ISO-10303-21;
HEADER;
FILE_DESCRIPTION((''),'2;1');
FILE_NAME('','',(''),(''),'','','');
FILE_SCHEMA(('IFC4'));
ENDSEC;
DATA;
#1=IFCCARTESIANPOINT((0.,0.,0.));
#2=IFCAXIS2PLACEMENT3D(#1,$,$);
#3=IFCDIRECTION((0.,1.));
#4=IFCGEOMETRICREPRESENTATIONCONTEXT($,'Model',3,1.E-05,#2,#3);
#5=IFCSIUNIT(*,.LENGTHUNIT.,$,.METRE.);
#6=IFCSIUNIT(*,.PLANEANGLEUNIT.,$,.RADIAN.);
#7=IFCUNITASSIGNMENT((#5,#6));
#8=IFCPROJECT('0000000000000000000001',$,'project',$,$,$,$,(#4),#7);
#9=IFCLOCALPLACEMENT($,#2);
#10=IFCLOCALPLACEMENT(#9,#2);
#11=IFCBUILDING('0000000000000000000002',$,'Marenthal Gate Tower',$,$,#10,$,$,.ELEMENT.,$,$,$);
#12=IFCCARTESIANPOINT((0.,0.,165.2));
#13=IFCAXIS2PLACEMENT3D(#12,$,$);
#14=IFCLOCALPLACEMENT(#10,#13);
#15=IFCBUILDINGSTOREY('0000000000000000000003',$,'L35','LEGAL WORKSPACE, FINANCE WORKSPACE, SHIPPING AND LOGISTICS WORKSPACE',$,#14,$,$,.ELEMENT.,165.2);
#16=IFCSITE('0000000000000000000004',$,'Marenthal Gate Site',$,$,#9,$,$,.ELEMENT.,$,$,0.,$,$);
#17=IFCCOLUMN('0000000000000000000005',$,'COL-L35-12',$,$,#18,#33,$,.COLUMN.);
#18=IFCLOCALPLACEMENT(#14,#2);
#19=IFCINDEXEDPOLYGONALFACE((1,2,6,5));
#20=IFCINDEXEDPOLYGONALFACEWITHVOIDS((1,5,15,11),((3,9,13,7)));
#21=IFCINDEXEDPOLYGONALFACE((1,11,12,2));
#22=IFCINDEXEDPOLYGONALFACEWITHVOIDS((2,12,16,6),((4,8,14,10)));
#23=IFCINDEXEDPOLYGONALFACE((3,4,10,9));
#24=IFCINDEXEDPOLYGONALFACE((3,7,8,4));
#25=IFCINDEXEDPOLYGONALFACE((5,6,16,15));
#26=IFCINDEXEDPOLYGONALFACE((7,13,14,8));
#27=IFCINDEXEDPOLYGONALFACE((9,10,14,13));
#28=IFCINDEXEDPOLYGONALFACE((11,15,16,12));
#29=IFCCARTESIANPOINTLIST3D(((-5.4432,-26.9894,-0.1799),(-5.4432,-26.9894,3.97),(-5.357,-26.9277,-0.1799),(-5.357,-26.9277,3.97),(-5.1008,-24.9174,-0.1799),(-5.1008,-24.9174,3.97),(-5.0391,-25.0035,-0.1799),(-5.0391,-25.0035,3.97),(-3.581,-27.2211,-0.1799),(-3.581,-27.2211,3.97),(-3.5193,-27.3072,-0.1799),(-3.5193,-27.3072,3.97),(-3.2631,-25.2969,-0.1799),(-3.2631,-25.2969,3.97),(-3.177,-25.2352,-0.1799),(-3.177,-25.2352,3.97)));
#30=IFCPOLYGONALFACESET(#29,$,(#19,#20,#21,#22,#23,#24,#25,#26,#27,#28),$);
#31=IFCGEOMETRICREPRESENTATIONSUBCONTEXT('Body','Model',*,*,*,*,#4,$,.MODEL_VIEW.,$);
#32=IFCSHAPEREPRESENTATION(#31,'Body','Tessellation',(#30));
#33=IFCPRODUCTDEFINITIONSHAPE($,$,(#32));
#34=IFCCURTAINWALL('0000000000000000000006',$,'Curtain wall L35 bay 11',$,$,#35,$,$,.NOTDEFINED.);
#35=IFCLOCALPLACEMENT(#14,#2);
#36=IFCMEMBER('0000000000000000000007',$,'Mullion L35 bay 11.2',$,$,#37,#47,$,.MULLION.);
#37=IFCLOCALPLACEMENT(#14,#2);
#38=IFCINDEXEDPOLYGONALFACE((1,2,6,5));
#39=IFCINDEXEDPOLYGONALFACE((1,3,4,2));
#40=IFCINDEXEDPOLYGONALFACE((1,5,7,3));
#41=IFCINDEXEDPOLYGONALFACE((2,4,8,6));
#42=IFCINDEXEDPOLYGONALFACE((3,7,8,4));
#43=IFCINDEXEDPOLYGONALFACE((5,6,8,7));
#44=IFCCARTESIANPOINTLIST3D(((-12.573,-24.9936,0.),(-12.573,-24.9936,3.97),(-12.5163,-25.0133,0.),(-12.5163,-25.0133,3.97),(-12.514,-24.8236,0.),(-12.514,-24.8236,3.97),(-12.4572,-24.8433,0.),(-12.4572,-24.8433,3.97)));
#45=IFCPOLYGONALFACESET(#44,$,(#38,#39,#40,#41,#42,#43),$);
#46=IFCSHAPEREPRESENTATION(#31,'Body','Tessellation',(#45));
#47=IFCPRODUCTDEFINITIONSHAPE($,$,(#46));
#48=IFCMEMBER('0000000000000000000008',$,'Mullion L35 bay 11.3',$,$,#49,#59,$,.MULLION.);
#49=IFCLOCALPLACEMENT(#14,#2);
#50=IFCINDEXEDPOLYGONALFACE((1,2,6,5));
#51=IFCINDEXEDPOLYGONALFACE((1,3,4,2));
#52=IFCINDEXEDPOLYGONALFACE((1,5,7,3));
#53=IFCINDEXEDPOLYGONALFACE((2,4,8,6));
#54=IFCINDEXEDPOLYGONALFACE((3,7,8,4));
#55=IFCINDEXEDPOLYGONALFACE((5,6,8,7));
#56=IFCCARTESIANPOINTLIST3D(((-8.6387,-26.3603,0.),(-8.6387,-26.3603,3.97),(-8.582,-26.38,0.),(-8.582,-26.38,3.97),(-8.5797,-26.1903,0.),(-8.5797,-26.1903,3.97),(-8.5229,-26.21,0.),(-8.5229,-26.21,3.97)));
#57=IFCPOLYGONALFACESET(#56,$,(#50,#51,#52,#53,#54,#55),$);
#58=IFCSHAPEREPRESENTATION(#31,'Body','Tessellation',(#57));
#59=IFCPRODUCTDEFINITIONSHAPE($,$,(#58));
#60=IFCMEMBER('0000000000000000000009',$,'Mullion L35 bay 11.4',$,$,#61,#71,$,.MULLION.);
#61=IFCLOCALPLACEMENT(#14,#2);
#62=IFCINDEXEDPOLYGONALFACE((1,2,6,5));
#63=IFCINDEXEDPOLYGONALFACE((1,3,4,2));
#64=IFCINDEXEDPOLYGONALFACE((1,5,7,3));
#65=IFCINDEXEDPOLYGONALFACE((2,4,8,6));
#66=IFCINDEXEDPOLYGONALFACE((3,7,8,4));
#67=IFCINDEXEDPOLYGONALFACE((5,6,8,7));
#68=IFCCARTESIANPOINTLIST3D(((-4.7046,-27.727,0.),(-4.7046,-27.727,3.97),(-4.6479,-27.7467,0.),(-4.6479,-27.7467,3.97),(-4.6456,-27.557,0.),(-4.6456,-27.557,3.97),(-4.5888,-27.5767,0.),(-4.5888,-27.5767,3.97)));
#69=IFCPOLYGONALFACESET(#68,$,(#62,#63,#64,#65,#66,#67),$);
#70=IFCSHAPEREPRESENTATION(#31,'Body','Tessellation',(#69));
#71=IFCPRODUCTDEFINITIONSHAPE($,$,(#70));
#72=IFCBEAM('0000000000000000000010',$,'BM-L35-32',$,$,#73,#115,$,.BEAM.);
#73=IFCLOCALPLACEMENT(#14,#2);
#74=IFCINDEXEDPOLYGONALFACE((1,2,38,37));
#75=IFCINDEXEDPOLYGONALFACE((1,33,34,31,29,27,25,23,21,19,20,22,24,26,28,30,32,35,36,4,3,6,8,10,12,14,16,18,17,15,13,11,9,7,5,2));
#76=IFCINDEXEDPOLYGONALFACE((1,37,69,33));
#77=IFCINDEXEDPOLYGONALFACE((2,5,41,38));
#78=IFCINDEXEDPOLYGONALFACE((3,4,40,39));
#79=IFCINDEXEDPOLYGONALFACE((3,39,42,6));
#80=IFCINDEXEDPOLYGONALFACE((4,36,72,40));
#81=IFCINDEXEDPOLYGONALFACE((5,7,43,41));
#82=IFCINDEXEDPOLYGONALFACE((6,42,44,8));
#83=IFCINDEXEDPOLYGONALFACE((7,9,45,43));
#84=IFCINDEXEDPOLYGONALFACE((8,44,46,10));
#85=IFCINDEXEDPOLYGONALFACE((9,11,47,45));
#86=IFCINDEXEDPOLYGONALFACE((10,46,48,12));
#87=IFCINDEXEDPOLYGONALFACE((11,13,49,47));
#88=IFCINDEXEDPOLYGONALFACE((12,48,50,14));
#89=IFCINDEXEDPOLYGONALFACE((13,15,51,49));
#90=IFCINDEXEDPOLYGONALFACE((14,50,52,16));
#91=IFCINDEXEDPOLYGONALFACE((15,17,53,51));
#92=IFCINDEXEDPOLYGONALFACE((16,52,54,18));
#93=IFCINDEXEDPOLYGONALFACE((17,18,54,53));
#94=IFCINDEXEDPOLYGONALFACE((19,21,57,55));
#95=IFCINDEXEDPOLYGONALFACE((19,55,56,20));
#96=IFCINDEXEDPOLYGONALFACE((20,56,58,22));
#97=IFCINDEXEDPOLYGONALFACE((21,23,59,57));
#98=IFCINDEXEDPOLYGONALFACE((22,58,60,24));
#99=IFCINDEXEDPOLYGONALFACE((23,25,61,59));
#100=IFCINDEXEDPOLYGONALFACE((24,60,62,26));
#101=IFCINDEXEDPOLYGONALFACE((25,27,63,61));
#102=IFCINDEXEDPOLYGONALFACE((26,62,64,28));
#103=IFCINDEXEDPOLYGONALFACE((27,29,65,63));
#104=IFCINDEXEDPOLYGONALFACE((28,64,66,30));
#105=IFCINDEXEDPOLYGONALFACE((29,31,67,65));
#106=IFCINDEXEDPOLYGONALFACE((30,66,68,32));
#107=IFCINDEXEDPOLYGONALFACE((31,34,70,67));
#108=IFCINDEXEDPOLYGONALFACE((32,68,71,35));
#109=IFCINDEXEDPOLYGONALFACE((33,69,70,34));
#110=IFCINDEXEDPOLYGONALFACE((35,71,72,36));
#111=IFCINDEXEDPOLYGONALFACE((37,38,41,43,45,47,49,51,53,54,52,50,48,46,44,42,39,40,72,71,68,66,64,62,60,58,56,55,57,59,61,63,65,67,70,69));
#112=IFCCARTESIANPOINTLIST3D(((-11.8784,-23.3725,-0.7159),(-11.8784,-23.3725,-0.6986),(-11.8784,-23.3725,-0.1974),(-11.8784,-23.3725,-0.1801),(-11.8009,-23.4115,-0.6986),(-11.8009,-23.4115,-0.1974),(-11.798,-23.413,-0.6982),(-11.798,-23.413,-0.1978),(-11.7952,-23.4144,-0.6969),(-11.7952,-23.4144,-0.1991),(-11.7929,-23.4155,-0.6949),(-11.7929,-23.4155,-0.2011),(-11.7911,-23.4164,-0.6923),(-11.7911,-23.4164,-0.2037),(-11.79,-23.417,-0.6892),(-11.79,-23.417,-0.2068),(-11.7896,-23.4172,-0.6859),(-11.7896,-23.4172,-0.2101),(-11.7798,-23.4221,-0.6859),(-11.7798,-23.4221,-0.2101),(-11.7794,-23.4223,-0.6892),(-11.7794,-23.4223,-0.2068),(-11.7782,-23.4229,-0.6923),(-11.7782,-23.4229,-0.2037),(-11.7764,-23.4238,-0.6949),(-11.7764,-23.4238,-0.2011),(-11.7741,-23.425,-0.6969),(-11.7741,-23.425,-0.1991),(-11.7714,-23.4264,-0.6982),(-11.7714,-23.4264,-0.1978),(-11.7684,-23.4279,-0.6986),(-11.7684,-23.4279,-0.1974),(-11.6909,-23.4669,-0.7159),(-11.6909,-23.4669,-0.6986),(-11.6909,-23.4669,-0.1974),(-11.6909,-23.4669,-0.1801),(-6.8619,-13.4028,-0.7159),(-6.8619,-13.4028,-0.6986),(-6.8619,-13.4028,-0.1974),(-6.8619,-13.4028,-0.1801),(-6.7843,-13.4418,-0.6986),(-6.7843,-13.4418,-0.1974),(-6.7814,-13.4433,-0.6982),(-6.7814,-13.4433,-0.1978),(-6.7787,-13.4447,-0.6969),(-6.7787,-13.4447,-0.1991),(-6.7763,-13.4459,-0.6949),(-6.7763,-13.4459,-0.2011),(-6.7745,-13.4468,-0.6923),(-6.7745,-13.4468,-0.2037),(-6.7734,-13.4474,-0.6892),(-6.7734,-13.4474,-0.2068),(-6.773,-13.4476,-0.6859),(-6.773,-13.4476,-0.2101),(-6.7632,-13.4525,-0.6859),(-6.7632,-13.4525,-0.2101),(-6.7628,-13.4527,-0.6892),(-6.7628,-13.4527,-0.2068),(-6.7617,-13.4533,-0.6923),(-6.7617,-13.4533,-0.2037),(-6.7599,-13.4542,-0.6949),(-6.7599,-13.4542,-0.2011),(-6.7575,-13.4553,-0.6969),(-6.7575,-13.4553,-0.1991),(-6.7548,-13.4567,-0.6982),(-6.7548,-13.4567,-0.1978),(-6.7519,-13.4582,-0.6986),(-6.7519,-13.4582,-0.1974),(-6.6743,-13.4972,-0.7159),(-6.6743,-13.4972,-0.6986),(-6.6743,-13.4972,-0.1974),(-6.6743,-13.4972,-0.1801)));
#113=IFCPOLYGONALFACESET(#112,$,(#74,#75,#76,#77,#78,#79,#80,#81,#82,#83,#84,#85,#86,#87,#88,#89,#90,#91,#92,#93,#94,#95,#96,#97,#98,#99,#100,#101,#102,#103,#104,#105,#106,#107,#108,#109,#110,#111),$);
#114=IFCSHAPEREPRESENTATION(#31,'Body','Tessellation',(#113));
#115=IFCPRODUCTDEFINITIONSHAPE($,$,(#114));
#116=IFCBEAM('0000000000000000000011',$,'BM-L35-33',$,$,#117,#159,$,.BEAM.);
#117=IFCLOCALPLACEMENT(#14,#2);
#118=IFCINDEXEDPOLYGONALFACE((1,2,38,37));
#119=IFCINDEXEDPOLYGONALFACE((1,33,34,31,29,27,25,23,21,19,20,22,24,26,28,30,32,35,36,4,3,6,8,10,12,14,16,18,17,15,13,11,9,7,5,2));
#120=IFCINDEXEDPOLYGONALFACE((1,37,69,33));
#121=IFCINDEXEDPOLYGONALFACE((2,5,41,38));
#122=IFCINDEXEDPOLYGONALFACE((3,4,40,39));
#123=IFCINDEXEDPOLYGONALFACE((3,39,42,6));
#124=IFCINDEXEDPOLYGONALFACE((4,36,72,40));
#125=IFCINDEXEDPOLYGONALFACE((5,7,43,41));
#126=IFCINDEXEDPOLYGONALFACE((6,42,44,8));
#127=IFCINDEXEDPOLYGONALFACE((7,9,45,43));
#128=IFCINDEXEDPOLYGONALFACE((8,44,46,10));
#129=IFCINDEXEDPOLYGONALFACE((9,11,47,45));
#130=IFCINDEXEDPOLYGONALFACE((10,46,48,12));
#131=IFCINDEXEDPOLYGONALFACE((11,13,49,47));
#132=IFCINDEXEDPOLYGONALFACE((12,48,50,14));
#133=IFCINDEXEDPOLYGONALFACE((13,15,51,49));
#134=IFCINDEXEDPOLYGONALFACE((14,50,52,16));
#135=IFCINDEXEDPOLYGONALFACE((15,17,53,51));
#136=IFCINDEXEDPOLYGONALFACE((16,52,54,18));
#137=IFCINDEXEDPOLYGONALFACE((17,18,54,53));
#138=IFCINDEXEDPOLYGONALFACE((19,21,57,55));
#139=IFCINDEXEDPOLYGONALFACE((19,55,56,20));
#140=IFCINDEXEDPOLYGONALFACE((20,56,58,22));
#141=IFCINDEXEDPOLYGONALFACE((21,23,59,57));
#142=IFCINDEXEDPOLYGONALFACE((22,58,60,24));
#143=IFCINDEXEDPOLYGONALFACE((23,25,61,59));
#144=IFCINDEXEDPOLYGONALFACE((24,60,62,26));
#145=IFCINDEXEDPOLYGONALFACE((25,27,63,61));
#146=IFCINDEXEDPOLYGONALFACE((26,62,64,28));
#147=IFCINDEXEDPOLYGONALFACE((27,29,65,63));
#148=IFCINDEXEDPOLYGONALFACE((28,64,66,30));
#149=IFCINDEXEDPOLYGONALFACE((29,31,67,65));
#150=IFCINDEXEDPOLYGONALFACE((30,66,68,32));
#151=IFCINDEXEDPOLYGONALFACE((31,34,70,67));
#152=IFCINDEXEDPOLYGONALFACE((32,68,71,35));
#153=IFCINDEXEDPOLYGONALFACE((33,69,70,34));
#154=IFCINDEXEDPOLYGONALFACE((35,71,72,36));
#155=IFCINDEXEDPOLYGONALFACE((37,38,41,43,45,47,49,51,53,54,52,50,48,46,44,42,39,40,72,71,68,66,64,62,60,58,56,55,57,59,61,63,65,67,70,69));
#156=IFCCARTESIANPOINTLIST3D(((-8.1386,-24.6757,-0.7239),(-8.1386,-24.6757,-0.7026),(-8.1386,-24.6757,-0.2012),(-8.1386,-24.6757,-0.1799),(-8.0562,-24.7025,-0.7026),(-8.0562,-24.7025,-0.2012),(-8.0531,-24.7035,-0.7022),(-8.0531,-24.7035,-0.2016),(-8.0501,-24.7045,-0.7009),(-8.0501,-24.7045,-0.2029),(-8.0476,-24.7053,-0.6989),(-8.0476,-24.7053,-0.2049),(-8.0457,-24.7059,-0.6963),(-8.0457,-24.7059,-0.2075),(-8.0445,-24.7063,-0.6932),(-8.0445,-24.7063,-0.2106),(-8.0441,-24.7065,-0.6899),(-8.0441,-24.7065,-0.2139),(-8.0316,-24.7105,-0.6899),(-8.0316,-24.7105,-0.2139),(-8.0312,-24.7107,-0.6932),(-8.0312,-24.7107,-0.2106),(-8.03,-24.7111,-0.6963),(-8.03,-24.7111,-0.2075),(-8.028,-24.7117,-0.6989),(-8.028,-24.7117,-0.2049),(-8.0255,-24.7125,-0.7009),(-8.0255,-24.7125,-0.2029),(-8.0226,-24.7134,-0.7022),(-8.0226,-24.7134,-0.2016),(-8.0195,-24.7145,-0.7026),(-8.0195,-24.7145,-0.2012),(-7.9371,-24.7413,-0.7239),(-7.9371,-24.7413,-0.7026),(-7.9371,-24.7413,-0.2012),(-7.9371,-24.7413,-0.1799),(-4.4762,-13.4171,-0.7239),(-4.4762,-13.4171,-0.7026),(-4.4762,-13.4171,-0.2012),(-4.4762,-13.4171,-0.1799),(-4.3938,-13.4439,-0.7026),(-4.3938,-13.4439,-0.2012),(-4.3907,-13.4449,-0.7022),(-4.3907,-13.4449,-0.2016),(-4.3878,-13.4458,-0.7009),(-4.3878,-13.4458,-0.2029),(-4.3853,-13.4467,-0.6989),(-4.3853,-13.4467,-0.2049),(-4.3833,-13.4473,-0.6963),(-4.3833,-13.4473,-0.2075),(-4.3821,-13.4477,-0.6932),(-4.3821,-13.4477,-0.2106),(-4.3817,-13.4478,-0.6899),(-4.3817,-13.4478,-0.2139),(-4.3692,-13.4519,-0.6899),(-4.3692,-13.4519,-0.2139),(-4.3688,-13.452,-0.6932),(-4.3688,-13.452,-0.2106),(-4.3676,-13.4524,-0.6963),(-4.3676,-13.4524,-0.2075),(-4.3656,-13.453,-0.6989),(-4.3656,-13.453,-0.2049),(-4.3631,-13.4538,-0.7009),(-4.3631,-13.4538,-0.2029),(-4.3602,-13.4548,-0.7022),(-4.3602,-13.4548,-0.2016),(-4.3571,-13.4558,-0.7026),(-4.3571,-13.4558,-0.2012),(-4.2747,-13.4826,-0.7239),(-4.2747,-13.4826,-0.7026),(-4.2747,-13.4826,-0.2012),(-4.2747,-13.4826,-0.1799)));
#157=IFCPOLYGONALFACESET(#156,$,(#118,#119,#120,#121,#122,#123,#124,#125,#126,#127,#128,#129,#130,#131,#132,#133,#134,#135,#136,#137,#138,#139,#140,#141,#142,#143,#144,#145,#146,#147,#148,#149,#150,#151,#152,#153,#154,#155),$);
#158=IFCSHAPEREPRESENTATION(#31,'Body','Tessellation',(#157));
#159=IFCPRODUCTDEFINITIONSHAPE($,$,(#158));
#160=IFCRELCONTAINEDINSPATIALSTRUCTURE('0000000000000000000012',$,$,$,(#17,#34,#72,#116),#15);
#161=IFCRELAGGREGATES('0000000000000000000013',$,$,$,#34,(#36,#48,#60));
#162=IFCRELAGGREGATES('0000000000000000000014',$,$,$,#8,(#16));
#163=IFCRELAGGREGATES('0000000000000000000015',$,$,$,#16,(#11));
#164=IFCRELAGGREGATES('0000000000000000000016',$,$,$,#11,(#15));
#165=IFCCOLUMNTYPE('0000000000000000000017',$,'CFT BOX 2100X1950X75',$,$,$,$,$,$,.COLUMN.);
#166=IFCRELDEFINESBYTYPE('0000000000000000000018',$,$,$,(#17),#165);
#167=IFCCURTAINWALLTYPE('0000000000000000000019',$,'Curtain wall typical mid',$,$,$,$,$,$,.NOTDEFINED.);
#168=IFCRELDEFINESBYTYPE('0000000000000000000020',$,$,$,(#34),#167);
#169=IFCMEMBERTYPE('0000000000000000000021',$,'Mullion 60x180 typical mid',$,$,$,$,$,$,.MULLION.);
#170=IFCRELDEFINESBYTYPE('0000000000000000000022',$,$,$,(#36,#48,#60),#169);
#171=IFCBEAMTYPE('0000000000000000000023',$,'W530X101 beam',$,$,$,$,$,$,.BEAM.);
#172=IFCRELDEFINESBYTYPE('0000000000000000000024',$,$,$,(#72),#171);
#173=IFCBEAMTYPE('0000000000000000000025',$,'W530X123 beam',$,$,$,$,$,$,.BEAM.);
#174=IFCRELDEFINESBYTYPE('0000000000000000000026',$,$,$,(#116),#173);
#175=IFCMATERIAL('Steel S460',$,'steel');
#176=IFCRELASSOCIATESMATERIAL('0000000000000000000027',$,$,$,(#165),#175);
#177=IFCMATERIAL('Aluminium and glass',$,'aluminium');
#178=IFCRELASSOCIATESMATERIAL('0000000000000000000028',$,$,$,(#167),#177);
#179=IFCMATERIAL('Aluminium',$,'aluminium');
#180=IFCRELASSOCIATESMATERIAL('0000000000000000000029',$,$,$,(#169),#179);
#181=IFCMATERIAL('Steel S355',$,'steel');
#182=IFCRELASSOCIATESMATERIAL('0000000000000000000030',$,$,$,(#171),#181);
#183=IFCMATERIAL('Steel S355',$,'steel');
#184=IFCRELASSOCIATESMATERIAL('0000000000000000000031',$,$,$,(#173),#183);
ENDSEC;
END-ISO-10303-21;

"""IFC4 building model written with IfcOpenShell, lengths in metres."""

from ifc_helpers import new_model, si_unit, direction, frame, origin, origin_2d, place, context, subcontext, project, spatial, rectangle, hollow_rectangle, i_section, extrude, material, material_profile, profile_set, type_object, element, aggregate, save


model = new_model("IFC4")

# Units and contexts
model_context = context("Model", 3, precision=1e-05, world=origin(), true_north=direction((0.0, 1.0)))
body_context = subcontext(model_context, "Body", "Model", "MODEL_VIEW")
ifc_project = project(units=[si_unit("LENGTHUNIT", "METRE"), si_unit("PLANEANGLEUNIT", "RADIAN")], contexts=[model_context])

# Site, building, storey
site_placement = place(None, origin())
site = spatial("IfcSite", under=ifc_project, at=site_placement, Name="Marenthal Gate Site", CompositionType="ELEMENT", RefElevation=0.0)
building_placement = place(site_placement, origin())
building = spatial("IfcBuilding", under=site, at=building_placement, Name="Marenthal Gate Tower", CompositionType="ELEMENT")
storey_placement = place(building_placement, frame((0.0, 0.0, 165.2)))
storey = spatial("IfcBuildingStorey", under=building, at=storey_placement, Name="L35", Description="LEGAL WORKSPACE, FINANCE WORKSPACE, SHIPPING AND LOGISTICS WORKSPACE", CompositionType="ELEMENT", Elevation=165.2)

# Column
ifc_material_1 = material(Name="Steel S460", Category="steel")
ifc_material_profile_1 = material_profile(ifc_material_1, hollow_rectangle(XDim=1.95, YDim=2.1001, WallThickness=0.075, at=origin_2d()), Name="CFT BOX 2100X1950X75")
ifc_material_2 = material(Name="Concrete 70 MPa", Category="concrete")
ifc_material_profile_2 = material_profile(ifc_material_2, rectangle(XDim=1.8, YDim=1.95, at=origin_2d()), Name="CFT BOX 2100X1950X75 INFILL")
ifc_profile_set_1 = profile_set([ifc_material_profile_1, ifc_material_profile_2], Name="Steel S460 shell, Concrete 70 MPa infill")
column_type = type_object("IfcColumnType", Name="CFT BOX 2100X1950X75", PredefinedType="COLUMN", material=ifc_profile_set_1)
column_placement = place(storey_placement, frame((-4.3101, -26.1123, -0.1799), z_axis=(0.0, 0.0, 1.0), x_axis=(-0.986627, 0.162997, 0.0)))
element("IfcColumn", 1, at=column_placement, inside=storey, type_object=column_type, Name="COL-L35-12", PredefinedType="COLUMN", context=body_context, shape_type="SweptSolid", body=[
    extrude(hollow_rectangle(XDim=1.95, YDim=2.1001, WallThickness=0.075, at=origin_2d()), origin(), (0.0, 0.0, 1.0), 4.1499),
])

# Curtain wall, members
ifc_material_3 = material(Name="Aluminium and glass", Category="aluminium")
curtain_wall_type = type_object("IfcCurtainWallType", Name="Curtain wall typical mid", PredefinedType="NOTDEFINED", material=ifc_material_3)
curtain_wall_placement = place(storey_placement, origin())
curtain_wall = element("IfcCurtainWall", 2, at=curtain_wall_placement, inside=storey, type_object=curtain_wall_type, Name="Curtain wall L35 bay 11", PredefinedType="NOTDEFINED")
ifc_material_4 = material(Name="Aluminium", Category="aluminium")
ifc_material_profile_3 = material_profile(ifc_material_4, rectangle(XDim=0.1799, YDim=0.0601, at=origin_2d()), Name="60x180 aluminium mullion")
ifc_profile_set_2 = profile_set([ifc_material_profile_3], Name="Aluminium")
member_type = type_object("IfcMemberType", Name="Mullion 60x180 typical mid", PredefinedType="MULLION", material=ifc_profile_set_2)
member_1_placement = place(storey_placement, frame((-12.5151, -24.9185, 0.0), z_axis=(0.0, 0.0, 1.0), x_axis=(0.328158, 0.944623, 0.0)))
member_1 = element("IfcMember", 3, at=member_1_placement, type_object=member_type, Name="Mullion L35 bay 11.2", PredefinedType="MULLION", context=body_context, shape_type="SweptSolid", body=[
    extrude(rectangle(XDim=0.1799, YDim=0.0601, at=origin_2d()), origin(), (0.0, 0.0, 1.0), 3.97),
])
member_2_placement = place(storey_placement, frame((-8.5808, -26.2852, 0.0), z_axis=(0.0, 0.0, 1.0), x_axis=(0.328158, 0.944623, 0.0)))
member_2 = element("IfcMember", 4, at=member_2_placement, type_object=member_type, Name="Mullion L35 bay 11.3", PredefinedType="MULLION", context=body_context, shape_type="SweptSolid", body=[
    extrude(rectangle(XDim=0.1799, YDim=0.0601, at=origin_2d()), origin(), (0.0, 0.0, 1.0), 3.97),
])
member_3_placement = place(storey_placement, frame((-4.6467, -27.6519, 0.0), z_axis=(0.0, 0.0, 1.0), x_axis=(0.328158, 0.944623, 0.0)))
member_3 = element("IfcMember", 5, at=member_3_placement, type_object=member_type, Name="Mullion L35 bay 11.4", PredefinedType="MULLION", context=body_context, shape_type="SweptSolid", body=[
    extrude(rectangle(XDim=0.1799, YDim=0.0601, at=origin_2d()), origin(), (0.0, 0.0, 1.0), 3.97),
])

# Beams
ifc_material_5 = material(Name="Steel S355", Category="steel")
ifc_material_profile_4 = material_profile(ifc_material_5, i_section(OverallWidth=0.21, OverallDepth=0.5359, WebThickness=0.011, FlangeThickness=0.0173, FilletRadius=0.0127, at=origin_2d()), Name="W530X101")
ifc_profile_set_3 = profile_set([ifc_material_profile_4], Name="Steel S355")
beam_type_1 = type_object("IfcBeamType", Name="W530X101 beam", PredefinedType="BEAM", material=ifc_profile_set_3)
beam_1_placement = place(storey_placement, frame((-11.7847, -23.4197, -0.448), z_axis=(0.449487, 0.893287, 0.0), x_axis=(-0.893287, 0.449487, 0.0)))
element("IfcBeam", 6, at=beam_1_placement, inside=storey, type_object=beam_type_1, Name="BM-L35-32", PredefinedType="BEAM", context=body_context, shape_type="SweptSolid", body=[
    extrude(i_section(OverallWidth=0.21, OverallDepth=0.5359, WebThickness=0.011, FlangeThickness=0.0173, FilletRadius=0.0127, at=origin_2d()), origin(), (0.0, 0.0, 1.0), 11.1606),
])
ifc_material_6 = material(Name="Steel S355", Category="steel")
ifc_material_profile_5 = material_profile(ifc_material_6, i_section(OverallWidth=0.2119, OverallDepth=0.5439, WebThickness=0.0132, FlangeThickness=0.0212, FilletRadius=0.0127, at=origin_2d()), Name="W530X123")
ifc_profile_set_4 = profile_set([ifc_material_profile_5], Name="Steel S355")
beam_type_2 = type_object("IfcBeamType", Name="W530X123 beam", PredefinedType="BEAM", material=ifc_profile_set_4)
beam_2_placement = place(storey_placement, frame((-8.0378, -24.7085, -0.4519), z_axis=(0.30934, 0.950951, 0.0), x_axis=(-0.950951, 0.30934, 0.0)))
element("IfcBeam", 7, at=beam_2_placement, inside=storey, type_object=beam_type_2, Name="BM-L35-33", PredefinedType="BEAM", context=body_context, shape_type="SweptSolid", body=[
    extrude(i_section(OverallWidth=0.2119, OverallDepth=0.5439, WebThickness=0.0132, FlangeThickness=0.0212, FilletRadius=0.0127, at=origin_2d()), origin(), (0.0, 0.0, 1.0), 11.8394),
])

aggregate(curtain_wall, [member_1, member_2, member_3])

save(model, "model.ifc")
